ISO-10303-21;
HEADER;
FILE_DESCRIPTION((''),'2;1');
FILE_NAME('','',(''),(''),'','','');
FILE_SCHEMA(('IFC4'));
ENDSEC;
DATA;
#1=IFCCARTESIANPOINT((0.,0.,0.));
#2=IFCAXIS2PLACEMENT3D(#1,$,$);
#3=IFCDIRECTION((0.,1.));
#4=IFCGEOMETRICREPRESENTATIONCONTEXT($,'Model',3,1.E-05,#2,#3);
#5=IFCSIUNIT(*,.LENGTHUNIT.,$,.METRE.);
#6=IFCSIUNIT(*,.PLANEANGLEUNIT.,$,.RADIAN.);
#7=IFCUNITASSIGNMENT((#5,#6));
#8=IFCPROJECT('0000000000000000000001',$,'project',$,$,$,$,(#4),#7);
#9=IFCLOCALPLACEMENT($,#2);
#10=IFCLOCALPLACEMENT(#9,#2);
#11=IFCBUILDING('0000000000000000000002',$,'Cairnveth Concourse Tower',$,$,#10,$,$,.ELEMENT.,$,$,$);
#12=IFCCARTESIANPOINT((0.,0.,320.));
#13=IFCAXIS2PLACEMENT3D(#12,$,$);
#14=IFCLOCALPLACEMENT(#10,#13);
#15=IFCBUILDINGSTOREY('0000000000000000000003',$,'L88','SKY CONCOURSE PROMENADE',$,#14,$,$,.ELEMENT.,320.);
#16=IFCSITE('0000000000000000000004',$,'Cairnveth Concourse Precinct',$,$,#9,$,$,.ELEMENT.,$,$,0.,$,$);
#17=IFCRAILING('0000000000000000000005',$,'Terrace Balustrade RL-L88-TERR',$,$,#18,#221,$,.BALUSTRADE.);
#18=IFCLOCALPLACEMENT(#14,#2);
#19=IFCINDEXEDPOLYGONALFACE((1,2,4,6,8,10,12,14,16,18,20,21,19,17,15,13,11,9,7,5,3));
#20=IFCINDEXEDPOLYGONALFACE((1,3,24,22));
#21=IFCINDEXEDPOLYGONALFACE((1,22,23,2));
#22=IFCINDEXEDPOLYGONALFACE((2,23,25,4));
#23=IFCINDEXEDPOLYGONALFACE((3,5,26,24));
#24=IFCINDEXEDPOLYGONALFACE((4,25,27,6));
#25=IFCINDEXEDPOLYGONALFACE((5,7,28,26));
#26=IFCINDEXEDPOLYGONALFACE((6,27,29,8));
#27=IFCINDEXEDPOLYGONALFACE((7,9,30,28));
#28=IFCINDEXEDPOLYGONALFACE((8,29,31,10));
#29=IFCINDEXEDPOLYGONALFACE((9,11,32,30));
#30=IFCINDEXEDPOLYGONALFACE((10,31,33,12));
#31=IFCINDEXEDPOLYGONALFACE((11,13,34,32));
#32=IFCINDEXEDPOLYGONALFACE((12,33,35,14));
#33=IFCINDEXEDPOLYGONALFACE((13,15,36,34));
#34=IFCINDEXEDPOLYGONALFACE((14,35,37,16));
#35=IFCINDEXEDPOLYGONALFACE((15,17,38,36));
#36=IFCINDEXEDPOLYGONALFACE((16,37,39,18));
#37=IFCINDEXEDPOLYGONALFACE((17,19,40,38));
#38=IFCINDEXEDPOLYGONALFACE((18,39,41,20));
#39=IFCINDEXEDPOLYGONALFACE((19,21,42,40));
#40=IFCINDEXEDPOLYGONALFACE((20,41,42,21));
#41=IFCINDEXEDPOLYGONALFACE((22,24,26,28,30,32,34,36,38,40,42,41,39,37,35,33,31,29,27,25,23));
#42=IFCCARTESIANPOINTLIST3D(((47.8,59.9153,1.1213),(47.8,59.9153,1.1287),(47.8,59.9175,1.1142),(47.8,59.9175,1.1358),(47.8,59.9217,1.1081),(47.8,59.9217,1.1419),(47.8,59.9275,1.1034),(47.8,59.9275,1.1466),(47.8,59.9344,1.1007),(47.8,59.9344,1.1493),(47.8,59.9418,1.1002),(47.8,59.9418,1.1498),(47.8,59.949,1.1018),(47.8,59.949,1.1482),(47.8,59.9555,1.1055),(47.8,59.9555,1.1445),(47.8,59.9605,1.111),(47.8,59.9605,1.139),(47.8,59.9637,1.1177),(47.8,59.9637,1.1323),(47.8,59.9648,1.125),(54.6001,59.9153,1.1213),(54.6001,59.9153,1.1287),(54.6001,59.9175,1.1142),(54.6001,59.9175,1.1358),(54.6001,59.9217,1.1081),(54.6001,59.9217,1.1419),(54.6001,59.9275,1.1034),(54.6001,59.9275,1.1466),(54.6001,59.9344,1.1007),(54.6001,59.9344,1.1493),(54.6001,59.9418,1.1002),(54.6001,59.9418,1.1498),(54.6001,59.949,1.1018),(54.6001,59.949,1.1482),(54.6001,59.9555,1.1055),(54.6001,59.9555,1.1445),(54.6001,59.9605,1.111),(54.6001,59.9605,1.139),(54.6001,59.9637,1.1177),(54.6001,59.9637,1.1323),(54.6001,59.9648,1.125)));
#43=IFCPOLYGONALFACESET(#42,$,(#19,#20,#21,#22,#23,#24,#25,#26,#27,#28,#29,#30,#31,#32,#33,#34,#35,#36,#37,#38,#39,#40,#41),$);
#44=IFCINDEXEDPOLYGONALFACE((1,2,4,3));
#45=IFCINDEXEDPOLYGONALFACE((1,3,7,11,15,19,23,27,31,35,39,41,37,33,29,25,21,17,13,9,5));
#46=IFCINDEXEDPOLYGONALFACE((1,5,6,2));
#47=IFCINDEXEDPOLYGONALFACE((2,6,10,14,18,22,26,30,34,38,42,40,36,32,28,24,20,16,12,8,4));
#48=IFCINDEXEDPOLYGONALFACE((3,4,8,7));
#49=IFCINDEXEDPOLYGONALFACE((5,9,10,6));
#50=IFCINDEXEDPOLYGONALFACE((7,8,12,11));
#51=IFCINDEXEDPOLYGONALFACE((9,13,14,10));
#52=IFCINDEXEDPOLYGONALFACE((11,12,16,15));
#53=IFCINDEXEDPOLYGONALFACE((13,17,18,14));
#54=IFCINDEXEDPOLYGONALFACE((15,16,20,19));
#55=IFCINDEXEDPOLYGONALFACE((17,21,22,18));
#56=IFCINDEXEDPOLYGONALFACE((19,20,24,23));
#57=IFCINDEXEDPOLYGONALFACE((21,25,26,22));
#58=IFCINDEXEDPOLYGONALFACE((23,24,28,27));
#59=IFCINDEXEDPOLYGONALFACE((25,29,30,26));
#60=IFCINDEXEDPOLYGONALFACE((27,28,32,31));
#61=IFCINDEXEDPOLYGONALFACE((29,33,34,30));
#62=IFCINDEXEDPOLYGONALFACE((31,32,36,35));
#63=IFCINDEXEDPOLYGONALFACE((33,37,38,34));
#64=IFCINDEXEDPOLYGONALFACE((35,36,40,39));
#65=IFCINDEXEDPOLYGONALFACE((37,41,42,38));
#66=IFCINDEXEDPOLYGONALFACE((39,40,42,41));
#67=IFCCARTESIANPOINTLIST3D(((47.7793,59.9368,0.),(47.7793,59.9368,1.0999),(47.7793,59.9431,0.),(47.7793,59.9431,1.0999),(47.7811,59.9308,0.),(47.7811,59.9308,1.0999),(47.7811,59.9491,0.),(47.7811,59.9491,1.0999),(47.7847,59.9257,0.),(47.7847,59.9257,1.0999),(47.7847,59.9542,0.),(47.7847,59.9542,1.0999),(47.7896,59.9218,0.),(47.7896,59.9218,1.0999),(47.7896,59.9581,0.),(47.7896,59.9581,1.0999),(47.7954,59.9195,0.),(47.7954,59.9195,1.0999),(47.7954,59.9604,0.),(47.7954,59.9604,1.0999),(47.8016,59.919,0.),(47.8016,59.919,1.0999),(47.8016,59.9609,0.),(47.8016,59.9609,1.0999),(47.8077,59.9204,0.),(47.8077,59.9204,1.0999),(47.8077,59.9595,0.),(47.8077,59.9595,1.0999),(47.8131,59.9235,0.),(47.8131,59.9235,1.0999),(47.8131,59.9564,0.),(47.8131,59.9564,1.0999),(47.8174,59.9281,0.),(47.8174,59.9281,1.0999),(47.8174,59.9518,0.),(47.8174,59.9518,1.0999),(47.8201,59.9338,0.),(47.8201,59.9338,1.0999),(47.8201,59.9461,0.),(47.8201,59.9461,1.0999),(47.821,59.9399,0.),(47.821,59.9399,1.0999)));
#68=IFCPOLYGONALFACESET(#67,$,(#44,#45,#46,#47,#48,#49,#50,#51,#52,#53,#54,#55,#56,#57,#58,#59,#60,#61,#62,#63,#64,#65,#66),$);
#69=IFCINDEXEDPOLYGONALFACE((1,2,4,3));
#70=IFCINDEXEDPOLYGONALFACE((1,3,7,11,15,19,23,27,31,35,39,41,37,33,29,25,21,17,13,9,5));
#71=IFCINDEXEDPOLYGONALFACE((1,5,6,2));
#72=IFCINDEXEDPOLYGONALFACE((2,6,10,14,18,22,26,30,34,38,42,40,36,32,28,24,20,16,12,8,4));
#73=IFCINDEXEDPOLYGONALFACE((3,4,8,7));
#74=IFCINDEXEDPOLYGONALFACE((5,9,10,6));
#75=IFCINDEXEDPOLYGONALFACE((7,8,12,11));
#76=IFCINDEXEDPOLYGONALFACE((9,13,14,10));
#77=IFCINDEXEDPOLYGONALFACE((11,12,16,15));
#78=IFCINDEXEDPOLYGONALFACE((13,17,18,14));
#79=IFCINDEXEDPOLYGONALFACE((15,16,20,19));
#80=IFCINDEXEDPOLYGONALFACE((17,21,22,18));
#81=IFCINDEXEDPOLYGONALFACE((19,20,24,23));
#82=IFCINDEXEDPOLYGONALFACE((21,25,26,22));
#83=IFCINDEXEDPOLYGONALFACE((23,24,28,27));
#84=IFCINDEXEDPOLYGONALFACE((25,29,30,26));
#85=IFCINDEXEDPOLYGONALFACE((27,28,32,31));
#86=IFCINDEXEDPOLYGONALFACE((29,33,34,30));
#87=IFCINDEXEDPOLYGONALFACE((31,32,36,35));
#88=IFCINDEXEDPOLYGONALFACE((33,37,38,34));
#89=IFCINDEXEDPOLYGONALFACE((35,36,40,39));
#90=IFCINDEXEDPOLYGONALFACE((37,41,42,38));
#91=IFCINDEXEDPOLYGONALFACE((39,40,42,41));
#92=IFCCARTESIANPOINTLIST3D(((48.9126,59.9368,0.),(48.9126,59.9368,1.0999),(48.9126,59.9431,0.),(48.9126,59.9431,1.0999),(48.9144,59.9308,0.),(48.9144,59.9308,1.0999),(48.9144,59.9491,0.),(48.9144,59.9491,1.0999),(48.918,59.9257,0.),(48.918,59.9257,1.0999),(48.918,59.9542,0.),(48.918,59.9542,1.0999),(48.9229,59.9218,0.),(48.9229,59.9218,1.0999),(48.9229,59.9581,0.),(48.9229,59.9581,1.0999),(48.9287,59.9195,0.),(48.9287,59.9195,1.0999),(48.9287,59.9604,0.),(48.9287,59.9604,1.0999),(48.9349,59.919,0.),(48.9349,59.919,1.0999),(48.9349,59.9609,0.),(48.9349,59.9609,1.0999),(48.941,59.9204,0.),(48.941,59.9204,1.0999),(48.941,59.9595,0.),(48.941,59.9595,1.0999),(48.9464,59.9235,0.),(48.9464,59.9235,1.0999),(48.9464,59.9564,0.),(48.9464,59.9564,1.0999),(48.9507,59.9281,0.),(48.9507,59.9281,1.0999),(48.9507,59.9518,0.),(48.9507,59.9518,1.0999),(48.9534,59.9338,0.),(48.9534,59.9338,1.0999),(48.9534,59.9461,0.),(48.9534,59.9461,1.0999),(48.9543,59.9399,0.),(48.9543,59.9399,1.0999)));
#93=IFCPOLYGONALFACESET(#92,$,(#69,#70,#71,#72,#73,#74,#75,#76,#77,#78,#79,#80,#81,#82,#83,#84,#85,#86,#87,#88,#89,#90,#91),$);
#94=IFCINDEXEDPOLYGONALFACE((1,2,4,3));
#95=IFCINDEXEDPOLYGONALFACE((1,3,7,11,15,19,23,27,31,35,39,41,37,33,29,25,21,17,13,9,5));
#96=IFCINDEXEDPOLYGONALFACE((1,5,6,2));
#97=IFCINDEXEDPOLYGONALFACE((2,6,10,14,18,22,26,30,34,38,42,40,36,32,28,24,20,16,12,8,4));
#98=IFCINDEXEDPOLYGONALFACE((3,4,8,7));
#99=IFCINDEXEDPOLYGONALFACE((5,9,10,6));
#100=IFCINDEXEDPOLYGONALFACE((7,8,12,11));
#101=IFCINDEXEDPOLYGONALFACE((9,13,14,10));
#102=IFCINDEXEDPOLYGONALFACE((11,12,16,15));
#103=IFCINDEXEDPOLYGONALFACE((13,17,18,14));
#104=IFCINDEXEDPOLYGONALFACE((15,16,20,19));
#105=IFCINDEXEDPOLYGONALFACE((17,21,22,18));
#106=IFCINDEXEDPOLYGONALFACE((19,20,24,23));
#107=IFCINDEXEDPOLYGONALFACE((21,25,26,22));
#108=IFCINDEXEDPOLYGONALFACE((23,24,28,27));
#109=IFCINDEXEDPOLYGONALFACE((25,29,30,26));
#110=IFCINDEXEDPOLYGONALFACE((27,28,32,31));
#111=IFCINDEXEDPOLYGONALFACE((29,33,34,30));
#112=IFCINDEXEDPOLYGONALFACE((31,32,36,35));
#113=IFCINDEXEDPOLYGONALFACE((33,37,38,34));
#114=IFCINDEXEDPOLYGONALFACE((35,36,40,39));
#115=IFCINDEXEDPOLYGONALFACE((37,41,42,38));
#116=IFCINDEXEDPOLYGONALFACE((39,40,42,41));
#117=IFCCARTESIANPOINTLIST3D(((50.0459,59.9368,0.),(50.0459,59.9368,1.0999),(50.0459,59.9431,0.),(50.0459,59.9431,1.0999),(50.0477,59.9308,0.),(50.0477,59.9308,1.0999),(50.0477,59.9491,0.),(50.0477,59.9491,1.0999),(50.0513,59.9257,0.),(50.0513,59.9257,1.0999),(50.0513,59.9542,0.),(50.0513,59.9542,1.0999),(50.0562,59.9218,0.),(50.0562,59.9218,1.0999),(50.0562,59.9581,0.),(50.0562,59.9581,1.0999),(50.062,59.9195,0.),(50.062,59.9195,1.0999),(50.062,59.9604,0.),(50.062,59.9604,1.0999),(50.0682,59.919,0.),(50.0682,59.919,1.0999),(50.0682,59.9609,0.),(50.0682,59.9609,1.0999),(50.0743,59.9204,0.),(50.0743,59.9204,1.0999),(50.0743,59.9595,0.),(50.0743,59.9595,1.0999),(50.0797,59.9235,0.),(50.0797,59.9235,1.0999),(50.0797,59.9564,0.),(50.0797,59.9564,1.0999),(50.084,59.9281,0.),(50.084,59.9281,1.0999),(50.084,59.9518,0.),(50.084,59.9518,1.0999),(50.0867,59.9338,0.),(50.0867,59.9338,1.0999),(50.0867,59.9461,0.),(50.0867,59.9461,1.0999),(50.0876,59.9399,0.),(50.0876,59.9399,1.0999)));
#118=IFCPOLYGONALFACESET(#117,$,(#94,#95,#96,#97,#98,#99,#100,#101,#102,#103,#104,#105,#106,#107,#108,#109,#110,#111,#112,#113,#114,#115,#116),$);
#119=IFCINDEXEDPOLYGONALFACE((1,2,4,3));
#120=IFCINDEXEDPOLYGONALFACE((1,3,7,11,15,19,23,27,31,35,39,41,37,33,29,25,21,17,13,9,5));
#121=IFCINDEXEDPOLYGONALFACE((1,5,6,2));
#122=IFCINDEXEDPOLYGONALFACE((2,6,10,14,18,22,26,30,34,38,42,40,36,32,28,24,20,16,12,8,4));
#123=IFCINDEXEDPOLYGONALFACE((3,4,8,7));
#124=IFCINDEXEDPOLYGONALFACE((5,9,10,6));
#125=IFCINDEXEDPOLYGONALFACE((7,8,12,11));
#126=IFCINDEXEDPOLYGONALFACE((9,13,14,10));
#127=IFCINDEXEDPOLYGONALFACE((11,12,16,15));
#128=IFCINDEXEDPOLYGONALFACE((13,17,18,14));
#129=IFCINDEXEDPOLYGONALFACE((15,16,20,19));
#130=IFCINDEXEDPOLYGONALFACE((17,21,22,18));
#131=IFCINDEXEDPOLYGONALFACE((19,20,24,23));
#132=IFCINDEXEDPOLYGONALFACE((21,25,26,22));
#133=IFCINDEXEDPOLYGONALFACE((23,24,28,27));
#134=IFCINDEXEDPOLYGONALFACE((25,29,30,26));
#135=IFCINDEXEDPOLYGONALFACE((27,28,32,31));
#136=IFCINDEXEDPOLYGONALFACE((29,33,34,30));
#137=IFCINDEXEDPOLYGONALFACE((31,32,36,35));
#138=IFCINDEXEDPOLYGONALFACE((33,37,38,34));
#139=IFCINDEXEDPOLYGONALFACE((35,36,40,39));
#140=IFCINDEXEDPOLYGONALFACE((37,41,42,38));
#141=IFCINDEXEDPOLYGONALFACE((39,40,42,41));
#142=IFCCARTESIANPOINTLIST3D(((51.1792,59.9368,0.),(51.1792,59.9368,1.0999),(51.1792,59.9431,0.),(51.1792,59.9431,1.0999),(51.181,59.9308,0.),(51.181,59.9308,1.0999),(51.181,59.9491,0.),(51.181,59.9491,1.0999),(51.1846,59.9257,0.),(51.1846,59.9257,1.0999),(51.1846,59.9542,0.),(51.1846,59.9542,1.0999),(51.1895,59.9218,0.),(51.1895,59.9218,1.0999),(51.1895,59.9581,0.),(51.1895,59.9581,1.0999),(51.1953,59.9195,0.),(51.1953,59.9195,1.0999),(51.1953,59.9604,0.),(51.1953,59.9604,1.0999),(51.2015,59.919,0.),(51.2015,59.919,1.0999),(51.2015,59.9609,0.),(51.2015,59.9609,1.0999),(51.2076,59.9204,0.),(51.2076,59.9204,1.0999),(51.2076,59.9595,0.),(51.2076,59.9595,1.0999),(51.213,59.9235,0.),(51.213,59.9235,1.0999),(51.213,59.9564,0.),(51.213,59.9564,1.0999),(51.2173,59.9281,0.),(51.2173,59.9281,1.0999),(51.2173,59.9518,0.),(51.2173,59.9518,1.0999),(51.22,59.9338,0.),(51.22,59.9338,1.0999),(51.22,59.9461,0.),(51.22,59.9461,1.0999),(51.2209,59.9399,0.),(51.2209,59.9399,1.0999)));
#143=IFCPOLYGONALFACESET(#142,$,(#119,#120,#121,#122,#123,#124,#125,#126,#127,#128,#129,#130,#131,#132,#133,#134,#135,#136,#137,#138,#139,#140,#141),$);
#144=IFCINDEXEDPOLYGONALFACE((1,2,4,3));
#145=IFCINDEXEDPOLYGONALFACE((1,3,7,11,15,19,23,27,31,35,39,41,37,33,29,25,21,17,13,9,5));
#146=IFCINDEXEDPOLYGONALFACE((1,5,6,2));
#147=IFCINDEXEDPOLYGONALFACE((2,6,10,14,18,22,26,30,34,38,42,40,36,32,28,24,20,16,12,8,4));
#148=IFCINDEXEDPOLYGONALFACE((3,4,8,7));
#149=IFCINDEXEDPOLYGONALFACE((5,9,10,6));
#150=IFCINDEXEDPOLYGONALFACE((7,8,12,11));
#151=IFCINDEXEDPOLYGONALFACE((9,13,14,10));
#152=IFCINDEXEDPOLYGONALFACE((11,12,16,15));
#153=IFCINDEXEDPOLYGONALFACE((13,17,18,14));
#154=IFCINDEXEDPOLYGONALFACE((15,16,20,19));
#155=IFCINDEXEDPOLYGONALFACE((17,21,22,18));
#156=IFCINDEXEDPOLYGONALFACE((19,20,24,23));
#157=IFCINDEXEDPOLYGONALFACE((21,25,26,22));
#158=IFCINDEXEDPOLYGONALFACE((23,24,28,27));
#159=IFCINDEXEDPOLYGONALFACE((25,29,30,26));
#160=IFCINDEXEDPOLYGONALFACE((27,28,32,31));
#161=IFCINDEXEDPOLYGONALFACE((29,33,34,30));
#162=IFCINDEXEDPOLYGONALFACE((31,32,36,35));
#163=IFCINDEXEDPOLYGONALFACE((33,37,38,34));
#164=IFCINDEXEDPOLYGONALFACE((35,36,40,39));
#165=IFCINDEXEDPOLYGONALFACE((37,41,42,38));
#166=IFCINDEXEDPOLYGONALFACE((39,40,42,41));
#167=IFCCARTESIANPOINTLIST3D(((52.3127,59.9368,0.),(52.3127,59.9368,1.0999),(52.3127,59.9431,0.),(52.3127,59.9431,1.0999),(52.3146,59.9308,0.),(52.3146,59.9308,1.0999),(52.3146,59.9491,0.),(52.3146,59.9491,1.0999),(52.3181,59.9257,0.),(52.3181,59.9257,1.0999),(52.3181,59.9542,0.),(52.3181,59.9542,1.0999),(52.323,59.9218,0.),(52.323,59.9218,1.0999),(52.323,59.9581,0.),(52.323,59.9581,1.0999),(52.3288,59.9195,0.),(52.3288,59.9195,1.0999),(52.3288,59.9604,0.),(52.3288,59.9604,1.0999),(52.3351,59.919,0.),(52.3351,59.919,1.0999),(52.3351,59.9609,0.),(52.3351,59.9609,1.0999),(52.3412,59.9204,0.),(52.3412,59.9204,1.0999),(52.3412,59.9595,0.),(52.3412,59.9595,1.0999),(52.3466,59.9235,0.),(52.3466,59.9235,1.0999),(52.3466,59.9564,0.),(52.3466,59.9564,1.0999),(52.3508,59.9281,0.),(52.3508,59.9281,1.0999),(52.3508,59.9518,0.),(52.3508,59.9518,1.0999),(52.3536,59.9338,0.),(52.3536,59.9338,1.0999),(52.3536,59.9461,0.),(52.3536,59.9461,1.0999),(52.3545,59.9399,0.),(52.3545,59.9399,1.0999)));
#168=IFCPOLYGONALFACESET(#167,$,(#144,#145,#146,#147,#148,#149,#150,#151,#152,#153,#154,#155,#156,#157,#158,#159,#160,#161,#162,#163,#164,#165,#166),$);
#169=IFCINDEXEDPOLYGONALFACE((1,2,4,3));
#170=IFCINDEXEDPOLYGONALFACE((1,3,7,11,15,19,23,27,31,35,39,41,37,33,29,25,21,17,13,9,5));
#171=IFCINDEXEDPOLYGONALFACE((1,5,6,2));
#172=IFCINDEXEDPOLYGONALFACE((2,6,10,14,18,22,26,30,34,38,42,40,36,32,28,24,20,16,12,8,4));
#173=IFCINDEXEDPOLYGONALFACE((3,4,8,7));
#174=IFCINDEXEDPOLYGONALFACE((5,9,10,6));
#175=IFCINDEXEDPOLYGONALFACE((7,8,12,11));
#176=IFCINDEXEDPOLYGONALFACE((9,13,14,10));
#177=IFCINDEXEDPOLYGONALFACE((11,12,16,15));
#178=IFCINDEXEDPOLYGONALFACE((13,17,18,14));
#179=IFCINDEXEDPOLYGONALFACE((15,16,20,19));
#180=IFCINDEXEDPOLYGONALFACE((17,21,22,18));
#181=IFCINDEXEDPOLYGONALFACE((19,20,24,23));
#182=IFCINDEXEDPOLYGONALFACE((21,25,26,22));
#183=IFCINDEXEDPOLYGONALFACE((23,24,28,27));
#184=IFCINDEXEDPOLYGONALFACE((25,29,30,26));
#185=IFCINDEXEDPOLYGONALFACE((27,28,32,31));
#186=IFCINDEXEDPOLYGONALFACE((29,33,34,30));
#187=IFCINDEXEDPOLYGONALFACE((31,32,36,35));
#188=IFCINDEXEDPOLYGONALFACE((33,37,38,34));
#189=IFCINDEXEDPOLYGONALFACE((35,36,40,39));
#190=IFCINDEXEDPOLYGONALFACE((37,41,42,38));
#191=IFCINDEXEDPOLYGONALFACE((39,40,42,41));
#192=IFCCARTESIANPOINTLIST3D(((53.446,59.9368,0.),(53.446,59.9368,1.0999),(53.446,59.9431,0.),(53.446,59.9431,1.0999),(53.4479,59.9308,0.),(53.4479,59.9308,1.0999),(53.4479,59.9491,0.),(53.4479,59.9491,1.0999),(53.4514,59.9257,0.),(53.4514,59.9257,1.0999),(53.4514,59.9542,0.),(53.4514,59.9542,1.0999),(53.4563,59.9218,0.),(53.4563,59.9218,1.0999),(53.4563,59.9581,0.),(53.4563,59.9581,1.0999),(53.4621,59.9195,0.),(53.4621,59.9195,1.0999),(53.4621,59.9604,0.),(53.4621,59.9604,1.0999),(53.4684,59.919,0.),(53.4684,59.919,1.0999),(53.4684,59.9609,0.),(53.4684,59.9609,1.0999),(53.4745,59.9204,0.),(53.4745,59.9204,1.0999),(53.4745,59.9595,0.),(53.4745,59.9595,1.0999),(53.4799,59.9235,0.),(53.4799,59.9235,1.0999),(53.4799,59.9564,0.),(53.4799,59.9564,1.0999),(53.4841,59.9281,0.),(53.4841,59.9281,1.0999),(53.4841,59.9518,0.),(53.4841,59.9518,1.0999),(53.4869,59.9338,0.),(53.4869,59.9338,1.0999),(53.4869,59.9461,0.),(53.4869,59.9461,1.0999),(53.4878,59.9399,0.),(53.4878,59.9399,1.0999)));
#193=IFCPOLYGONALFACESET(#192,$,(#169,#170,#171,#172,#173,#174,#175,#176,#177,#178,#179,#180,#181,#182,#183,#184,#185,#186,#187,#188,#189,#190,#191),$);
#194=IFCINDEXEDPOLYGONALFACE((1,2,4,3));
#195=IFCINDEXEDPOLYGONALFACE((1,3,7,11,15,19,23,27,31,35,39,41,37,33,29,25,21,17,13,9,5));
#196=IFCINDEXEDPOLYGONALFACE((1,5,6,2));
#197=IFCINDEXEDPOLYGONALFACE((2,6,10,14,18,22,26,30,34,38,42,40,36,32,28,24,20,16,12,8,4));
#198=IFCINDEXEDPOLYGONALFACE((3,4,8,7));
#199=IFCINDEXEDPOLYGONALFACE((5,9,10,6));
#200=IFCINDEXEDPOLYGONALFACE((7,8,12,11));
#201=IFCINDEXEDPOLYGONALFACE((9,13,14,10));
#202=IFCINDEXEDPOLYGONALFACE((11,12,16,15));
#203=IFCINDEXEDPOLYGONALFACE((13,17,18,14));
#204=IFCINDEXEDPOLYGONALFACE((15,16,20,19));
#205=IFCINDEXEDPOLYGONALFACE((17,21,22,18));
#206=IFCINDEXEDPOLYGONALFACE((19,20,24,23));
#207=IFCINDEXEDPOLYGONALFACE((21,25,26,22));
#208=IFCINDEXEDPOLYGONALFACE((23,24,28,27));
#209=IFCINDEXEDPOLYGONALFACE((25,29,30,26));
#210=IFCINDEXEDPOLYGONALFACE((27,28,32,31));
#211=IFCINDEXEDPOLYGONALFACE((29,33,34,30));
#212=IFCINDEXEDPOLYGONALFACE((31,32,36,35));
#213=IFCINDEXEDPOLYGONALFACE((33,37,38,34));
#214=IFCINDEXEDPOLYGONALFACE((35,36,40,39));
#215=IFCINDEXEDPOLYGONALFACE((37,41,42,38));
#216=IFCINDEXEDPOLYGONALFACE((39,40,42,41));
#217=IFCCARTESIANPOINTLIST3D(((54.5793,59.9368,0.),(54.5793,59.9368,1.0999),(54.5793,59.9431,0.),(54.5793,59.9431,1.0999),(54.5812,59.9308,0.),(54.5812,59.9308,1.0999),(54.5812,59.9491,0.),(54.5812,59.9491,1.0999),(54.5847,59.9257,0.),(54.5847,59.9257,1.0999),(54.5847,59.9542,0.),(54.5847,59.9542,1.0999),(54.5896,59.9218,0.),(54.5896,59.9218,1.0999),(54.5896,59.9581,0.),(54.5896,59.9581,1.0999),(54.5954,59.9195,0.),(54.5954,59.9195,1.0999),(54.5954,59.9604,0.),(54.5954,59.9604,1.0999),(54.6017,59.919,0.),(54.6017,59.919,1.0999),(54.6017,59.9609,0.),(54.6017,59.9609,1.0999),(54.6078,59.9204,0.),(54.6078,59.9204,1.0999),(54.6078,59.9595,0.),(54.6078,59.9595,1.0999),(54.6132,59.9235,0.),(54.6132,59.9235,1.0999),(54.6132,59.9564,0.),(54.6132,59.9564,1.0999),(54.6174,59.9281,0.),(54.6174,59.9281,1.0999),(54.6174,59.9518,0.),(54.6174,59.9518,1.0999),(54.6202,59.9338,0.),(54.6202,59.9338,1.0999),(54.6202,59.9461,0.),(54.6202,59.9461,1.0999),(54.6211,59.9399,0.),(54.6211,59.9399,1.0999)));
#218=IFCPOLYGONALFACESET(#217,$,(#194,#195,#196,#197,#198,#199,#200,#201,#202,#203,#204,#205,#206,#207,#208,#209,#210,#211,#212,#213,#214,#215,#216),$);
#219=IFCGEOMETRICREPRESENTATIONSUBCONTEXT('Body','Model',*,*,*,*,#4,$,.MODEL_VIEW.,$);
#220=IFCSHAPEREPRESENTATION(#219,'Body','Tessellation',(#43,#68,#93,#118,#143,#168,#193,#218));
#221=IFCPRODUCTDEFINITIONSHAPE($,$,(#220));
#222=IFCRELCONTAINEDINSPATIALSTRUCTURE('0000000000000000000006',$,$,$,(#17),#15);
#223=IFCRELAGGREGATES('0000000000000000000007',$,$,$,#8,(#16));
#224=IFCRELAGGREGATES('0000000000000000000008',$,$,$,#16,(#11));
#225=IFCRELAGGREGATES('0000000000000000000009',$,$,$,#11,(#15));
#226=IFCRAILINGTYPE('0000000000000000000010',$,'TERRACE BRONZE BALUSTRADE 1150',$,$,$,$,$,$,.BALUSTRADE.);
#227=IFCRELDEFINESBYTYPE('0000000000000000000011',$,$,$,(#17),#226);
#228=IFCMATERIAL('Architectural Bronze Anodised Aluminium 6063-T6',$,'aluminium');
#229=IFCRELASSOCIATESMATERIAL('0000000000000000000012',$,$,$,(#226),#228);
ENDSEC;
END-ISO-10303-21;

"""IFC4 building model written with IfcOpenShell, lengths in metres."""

from ifc_helpers import new_model, si_unit, direction, frame, origin, origin_2d, place, context, subcontext, project, spatial, circle, extrude, material, type_object, element, save


model = new_model("IFC4")

# Units and contexts
model_context = context("Model", 3, precision=1e-05, world=origin(), true_north=direction((0.0, 1.0)))
body_context = subcontext(model_context, "Body", "Model", "MODEL_VIEW")
ifc_project = project(units=[si_unit("LENGTHUNIT", "METRE"), si_unit("PLANEANGLEUNIT", "RADIAN")], contexts=[model_context])

# Site, building, storey
site_placement = place(None, origin())
site = spatial("IfcSite", under=ifc_project, at=site_placement, Name="Cairnveth Concourse Precinct", CompositionType="ELEMENT", RefElevation=0.0)
building_placement = place(site_placement, origin())
building = spatial("IfcBuilding", under=site, at=building_placement, Name="Cairnveth Concourse Tower", CompositionType="ELEMENT")
storey_placement = place(building_placement, frame((0.0, 0.0, 320.0)))
storey = spatial("IfcBuildingStorey", under=building, at=storey_placement, Name="L88", Description="SKY CONCOURSE PROMENADE", CompositionType="ELEMENT", Elevation=320.0)

# Shared definitions
ifc_material_1 = material(Name="Architectural Bronze Anodised Aluminium 6063-T6", Category="aluminium")

# Railing
railing_type = type_object("IfcRailingType", Name="TERRACE BRONZE BALUSTRADE 1150", PredefinedType="BALUSTRADE", material=ifc_material_1)
railing_placement = place(storey_placement, frame((47.8, 59.9399, 0.0)))
element("IfcRailing", 1, at=railing_placement, inside=storey, type_object=railing_type, Name="Terrace Balustrade RL-L88-TERR", PredefinedType="BALUSTRADE", context=body_context, shape_type="SweptSolid", body=[
    extrude(circle(Radius=0.0249, at=origin_2d()), frame((0.0, 0.0, 1.125), z_axis=(1.0, 0.0, 0.0), x_axis=(0.0, 1.0, 0.0)), (0.0, 0.0, 1.0), 6.8),
    extrude(circle(Radius=0.021, at=origin_2d()), origin(), (0.0, 0.0, 1.0), 1.0999),
    extrude(circle(Radius=0.021, at=origin_2d()), frame((1.1333, 0.0, 0.0)), (0.0, 0.0, 1.0), 1.0999),
    extrude(circle(Radius=0.021, at=origin_2d()), frame((2.2666, 0.0, 0.0)), (0.0, 0.0, 1.0), 1.0999),
    extrude(circle(Radius=0.021, at=origin_2d()), frame((3.3999, 0.0, 0.0)), (0.0, 0.0, 1.0), 1.0999),
    extrude(circle(Radius=0.021, at=origin_2d()), frame((4.5334, 0.0, 0.0)), (0.0, 0.0, 1.0), 1.0999),
    extrude(circle(Radius=0.021, at=origin_2d()), frame((5.6667, 0.0, 0.0)), (0.0, 0.0, 1.0), 1.0999),
    extrude(circle(Radius=0.021, at=origin_2d()), frame((6.8, 0.0, 0.0)), (0.0, 0.0, 1.0), 1.0999),
])

save(model, "model.ifc")
